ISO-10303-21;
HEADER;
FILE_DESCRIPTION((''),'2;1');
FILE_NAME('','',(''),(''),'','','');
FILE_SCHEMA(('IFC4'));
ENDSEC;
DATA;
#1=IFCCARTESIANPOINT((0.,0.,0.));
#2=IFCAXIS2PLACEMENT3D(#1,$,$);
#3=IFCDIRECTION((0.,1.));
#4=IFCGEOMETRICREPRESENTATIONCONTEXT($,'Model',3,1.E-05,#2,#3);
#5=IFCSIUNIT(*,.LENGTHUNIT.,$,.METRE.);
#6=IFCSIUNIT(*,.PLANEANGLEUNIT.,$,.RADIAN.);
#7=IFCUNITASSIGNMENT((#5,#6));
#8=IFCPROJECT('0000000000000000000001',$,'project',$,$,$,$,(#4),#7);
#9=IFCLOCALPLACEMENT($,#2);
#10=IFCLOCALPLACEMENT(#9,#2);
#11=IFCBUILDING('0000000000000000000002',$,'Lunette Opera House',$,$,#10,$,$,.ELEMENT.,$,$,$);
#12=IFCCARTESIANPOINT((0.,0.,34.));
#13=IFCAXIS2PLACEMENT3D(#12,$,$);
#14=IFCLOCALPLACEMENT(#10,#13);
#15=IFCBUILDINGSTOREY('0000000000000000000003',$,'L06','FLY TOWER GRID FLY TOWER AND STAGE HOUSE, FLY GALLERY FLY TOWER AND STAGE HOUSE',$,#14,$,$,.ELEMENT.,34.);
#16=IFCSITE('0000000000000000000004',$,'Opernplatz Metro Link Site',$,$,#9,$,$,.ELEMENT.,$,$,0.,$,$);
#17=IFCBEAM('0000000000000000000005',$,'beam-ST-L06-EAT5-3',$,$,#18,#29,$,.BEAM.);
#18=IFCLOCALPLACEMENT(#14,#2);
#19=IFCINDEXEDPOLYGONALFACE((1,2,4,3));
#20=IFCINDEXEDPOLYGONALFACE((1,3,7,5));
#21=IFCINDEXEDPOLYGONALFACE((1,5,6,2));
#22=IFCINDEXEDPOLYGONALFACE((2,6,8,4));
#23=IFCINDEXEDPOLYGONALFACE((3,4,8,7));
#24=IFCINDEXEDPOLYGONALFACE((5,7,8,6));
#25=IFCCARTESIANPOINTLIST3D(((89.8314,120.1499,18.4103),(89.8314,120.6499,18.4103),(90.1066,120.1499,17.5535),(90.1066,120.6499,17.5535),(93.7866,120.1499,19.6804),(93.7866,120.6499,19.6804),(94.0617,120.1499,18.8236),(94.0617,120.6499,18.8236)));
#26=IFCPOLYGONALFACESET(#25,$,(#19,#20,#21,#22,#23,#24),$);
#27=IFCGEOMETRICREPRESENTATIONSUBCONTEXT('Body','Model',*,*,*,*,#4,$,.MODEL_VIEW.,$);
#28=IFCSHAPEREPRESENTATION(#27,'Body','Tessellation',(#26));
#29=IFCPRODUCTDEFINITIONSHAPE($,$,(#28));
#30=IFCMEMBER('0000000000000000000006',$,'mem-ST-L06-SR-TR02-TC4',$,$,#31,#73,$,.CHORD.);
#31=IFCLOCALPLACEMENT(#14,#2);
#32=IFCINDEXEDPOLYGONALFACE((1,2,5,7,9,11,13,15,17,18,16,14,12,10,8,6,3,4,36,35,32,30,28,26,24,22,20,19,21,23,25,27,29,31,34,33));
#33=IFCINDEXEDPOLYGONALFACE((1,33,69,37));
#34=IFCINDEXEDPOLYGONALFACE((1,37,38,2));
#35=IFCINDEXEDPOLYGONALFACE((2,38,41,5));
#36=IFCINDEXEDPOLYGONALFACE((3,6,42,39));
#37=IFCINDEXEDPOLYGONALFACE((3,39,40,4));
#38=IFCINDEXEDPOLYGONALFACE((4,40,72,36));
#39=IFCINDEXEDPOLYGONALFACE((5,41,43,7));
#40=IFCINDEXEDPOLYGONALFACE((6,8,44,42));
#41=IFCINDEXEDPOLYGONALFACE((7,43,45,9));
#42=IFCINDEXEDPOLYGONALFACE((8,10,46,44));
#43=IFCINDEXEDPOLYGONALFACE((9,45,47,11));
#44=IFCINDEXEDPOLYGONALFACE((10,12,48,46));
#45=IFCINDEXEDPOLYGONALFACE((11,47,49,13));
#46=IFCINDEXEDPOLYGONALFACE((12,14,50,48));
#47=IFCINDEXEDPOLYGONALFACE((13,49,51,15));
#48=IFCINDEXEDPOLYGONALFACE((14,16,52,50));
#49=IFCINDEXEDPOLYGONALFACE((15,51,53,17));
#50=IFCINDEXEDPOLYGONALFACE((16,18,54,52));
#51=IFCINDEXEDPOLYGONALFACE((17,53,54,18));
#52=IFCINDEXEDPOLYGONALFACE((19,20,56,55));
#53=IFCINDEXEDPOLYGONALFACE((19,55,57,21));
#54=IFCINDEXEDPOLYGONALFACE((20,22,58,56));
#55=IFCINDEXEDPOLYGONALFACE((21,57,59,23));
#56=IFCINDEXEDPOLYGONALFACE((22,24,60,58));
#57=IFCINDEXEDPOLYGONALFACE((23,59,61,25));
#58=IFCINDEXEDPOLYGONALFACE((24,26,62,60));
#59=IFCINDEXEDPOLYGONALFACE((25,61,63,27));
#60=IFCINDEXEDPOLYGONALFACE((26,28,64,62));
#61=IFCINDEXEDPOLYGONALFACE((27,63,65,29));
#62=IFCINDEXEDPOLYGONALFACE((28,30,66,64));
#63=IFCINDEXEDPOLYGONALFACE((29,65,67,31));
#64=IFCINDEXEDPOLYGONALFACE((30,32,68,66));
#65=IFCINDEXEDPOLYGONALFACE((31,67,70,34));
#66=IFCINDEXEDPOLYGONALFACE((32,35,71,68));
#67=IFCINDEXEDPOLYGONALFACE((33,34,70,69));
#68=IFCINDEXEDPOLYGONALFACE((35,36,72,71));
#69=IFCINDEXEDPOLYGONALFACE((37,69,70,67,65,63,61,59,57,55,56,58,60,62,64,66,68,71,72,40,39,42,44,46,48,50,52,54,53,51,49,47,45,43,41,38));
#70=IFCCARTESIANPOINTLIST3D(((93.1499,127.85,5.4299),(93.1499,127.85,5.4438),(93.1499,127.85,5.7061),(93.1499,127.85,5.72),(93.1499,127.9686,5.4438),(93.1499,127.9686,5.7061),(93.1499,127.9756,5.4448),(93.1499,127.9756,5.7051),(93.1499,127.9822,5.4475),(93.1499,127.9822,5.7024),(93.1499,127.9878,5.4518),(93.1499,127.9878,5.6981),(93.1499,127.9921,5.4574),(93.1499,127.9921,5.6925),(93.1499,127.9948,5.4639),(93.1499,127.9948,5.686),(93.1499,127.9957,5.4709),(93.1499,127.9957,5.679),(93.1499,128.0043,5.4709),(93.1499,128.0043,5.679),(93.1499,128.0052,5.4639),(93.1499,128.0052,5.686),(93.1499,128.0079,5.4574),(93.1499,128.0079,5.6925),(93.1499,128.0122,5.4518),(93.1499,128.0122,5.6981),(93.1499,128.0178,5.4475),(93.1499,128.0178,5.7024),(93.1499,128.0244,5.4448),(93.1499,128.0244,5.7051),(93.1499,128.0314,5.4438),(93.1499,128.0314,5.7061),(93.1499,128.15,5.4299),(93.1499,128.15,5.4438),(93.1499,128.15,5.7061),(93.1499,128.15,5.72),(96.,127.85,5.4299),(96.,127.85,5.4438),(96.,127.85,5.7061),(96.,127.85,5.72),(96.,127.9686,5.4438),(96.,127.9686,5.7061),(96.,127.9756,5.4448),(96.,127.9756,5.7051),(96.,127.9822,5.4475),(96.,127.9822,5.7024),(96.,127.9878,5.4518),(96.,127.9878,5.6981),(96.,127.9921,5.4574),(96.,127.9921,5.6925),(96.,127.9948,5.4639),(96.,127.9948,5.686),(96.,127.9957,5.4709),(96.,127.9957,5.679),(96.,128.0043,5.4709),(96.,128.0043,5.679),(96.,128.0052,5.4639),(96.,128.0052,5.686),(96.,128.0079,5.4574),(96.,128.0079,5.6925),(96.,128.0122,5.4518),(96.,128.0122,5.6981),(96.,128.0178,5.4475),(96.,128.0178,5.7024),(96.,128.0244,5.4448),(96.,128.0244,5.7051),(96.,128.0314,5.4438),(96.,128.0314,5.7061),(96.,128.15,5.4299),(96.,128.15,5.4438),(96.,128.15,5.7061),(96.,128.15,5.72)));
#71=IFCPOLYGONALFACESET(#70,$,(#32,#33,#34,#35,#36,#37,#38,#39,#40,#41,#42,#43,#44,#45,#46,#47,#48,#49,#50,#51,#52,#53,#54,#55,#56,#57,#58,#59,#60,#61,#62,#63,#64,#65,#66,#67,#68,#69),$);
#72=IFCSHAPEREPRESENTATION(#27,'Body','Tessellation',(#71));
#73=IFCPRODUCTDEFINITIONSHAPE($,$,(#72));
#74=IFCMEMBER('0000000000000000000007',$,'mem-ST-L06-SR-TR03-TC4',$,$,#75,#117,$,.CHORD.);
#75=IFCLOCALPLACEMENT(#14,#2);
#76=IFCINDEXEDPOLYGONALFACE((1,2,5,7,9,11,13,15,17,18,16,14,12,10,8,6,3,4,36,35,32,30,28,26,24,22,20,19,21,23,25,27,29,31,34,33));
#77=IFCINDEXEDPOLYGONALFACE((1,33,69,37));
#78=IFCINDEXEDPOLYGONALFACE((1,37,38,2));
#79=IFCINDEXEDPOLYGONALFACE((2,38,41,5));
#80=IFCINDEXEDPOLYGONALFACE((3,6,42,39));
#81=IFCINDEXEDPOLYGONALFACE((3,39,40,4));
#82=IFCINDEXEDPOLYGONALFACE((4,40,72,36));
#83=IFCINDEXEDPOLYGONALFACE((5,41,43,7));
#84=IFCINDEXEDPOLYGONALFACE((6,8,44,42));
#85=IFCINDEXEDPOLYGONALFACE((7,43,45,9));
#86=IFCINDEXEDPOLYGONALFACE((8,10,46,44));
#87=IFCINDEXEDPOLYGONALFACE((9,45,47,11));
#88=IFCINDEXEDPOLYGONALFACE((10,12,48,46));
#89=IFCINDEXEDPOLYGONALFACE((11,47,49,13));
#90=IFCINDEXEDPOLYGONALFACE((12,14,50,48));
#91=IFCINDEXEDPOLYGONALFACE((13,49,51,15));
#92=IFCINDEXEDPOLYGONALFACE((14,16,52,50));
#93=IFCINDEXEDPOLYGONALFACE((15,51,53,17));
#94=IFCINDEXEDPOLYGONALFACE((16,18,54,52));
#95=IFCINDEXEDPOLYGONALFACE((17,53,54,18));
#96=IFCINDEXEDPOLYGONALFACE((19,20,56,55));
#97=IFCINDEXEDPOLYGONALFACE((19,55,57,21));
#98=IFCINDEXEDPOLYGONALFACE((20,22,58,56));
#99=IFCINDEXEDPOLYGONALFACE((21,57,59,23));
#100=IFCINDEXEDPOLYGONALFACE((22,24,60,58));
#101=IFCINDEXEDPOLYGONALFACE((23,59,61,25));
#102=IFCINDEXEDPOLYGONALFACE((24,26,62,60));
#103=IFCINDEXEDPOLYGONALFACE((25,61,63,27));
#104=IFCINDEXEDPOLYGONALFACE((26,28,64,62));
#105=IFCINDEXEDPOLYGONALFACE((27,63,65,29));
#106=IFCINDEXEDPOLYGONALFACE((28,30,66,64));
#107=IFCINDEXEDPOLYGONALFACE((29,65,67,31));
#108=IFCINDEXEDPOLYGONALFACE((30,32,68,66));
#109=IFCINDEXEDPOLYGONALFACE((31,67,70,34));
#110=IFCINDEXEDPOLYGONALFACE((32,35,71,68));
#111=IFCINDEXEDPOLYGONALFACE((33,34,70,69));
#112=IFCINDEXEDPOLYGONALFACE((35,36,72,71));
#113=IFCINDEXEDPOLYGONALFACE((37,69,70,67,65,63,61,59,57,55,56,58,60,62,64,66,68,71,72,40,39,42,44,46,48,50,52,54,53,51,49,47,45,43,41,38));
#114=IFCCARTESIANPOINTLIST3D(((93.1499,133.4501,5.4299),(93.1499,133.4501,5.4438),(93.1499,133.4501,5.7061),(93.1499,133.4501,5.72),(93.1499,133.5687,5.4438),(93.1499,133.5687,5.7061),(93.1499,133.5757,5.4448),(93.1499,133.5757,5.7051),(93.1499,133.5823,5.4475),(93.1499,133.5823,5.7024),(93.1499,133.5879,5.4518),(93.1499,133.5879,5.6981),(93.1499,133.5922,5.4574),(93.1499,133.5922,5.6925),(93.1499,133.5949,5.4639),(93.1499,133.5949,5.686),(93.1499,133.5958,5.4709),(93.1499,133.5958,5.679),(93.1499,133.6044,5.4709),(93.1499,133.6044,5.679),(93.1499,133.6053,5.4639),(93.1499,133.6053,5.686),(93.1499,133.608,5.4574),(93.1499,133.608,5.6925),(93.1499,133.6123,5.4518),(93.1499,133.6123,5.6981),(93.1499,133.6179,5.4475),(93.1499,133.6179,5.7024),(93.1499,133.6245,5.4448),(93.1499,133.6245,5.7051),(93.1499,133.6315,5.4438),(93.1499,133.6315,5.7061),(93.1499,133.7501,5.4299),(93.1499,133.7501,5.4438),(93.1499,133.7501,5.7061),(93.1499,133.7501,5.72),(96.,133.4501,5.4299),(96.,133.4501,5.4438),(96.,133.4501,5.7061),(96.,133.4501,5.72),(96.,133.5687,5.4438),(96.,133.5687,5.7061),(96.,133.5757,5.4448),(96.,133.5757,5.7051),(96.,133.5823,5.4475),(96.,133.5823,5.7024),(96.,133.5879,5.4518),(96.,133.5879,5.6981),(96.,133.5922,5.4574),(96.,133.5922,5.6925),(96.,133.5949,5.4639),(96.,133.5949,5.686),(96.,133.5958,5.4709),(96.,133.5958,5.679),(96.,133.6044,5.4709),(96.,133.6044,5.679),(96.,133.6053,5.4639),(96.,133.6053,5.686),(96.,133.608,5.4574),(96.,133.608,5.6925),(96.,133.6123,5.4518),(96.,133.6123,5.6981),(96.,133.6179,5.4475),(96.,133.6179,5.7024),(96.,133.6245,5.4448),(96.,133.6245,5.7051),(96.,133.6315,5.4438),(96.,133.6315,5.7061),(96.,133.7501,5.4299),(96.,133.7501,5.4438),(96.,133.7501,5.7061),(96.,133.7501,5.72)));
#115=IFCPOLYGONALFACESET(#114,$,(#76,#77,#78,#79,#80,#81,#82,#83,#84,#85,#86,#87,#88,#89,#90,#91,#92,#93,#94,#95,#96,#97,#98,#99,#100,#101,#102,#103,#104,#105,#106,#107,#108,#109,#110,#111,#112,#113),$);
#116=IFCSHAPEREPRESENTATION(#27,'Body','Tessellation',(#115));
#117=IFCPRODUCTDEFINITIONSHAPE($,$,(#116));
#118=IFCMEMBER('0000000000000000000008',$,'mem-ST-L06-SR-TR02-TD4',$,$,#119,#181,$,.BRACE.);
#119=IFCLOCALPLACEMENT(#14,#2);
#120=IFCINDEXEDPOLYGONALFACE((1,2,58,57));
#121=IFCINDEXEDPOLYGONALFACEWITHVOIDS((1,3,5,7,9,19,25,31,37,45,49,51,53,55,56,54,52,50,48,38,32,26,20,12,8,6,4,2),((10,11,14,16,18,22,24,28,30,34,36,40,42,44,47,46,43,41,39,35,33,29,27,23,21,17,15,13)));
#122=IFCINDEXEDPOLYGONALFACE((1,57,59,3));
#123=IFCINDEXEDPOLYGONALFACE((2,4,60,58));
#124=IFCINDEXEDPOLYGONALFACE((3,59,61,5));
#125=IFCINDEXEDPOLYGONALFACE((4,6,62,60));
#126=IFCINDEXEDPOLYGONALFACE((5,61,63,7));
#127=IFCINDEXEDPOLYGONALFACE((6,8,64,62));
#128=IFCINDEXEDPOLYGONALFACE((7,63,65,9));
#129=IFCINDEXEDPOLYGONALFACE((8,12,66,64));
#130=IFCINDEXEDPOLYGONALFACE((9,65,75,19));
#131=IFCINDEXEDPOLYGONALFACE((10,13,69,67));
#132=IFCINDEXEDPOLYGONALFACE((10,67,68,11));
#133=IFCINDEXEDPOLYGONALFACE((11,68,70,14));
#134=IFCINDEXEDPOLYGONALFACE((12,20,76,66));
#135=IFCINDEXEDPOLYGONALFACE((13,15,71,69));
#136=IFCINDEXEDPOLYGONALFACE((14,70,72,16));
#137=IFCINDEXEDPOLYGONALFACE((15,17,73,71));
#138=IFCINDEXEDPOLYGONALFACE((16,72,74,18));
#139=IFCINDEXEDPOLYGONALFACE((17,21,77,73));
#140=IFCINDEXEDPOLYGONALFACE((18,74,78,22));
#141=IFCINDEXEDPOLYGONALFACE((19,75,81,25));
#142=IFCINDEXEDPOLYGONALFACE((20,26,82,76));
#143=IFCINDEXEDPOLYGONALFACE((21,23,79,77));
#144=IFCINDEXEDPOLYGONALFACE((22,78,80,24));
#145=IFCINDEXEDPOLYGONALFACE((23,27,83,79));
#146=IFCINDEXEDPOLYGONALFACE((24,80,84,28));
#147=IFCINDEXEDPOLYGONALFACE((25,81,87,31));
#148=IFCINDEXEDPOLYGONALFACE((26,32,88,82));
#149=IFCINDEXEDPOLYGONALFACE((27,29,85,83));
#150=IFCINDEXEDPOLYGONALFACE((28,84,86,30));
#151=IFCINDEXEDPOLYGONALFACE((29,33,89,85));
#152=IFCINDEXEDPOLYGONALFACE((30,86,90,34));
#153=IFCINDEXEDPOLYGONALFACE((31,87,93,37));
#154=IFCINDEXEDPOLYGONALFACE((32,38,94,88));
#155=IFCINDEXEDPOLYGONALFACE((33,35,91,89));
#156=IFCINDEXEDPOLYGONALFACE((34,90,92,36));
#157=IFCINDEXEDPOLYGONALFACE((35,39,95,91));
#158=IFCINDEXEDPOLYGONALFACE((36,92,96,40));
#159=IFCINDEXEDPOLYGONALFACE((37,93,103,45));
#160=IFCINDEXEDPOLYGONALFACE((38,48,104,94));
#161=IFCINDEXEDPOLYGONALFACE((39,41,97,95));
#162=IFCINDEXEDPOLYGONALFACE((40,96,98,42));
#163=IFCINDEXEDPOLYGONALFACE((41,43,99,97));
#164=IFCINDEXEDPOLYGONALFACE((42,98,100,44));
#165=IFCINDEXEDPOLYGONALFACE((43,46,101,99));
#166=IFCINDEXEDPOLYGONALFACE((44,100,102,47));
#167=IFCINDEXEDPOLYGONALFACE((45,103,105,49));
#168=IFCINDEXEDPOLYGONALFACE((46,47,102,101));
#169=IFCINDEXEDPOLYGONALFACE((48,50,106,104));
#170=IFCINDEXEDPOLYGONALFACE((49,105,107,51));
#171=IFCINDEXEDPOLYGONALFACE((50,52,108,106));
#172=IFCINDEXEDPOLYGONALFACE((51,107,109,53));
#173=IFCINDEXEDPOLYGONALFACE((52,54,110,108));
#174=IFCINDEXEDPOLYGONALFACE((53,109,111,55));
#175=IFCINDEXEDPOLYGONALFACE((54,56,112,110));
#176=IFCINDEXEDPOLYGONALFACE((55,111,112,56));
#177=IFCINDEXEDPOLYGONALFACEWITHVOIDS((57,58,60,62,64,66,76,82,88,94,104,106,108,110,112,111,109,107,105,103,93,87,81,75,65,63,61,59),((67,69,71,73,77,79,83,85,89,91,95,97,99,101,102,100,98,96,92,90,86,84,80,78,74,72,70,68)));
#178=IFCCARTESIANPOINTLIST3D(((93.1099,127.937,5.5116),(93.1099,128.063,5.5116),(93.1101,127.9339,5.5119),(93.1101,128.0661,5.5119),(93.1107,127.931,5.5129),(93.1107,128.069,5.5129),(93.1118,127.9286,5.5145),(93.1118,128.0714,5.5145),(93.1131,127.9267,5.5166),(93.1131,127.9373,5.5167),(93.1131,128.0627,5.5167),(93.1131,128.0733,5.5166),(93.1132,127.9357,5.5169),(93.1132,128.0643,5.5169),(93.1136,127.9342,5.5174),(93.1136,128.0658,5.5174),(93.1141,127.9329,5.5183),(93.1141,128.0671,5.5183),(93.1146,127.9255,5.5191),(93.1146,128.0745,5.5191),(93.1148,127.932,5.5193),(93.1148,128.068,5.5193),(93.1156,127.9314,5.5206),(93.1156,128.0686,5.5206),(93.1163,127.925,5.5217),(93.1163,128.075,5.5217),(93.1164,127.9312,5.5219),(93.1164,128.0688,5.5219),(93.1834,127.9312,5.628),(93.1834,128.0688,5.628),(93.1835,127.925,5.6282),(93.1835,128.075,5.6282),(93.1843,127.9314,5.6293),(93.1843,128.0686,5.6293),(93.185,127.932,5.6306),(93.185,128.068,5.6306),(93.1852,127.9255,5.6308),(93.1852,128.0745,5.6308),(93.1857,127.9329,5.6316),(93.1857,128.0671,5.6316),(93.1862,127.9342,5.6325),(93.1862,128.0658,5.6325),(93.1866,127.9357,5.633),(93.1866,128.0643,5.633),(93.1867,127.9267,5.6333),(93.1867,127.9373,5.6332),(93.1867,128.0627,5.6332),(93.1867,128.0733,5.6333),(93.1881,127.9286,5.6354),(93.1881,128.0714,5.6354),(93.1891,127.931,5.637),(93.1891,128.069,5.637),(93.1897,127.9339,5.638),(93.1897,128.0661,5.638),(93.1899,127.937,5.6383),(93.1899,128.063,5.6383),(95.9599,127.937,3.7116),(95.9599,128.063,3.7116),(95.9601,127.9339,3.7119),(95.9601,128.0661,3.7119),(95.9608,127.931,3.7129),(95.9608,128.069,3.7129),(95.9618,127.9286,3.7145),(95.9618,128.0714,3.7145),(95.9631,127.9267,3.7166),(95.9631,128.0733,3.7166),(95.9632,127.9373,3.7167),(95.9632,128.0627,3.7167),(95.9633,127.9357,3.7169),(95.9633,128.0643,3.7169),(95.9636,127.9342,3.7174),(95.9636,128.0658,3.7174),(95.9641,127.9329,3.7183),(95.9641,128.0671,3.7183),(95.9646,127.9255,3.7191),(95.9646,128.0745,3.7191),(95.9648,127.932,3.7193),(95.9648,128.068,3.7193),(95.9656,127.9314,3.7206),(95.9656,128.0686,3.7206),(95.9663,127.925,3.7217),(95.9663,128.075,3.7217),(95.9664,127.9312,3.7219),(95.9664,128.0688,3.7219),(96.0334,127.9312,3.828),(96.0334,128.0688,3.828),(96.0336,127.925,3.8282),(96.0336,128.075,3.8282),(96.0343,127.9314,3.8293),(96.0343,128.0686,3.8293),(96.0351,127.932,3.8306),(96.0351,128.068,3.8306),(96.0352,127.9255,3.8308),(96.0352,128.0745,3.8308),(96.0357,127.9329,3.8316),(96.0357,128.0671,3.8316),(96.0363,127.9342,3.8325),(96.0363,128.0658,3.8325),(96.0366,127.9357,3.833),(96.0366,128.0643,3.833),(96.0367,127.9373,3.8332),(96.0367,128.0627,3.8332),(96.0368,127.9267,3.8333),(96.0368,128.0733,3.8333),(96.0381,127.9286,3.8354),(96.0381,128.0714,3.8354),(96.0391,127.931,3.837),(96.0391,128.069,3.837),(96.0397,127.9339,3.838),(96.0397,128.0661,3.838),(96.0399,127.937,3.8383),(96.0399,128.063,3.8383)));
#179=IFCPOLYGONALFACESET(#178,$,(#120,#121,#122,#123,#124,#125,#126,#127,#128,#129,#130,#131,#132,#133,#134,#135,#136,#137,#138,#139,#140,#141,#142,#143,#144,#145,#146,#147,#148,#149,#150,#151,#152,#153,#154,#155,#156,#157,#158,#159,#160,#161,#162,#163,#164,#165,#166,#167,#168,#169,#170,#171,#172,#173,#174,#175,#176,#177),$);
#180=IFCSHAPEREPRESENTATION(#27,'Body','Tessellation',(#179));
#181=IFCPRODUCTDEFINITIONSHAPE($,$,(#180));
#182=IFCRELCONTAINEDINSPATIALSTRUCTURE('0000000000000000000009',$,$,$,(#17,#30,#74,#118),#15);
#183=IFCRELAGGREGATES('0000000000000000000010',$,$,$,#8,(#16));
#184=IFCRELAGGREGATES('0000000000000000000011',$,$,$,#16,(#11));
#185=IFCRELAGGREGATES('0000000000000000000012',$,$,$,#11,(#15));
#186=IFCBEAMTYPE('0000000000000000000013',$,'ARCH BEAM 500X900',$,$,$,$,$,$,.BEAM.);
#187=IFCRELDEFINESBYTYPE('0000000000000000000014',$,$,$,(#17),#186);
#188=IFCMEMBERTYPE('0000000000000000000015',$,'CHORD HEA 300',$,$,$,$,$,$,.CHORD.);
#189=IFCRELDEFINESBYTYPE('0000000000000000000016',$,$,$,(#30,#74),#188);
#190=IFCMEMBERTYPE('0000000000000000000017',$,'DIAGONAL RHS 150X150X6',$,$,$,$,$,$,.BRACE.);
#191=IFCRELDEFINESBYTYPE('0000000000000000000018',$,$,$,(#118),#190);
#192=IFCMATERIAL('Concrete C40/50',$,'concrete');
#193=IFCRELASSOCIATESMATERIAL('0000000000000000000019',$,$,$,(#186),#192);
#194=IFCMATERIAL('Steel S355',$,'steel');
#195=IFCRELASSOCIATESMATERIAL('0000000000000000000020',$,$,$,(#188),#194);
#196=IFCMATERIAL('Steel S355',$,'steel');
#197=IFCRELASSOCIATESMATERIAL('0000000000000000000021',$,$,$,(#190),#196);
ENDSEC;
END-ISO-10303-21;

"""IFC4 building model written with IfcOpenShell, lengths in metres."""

from ifc_helpers import new_model, si_unit, direction, frame, origin, origin_2d, place, context, subcontext, project, spatial, rectangle, hollow_rectangle, i_section, extrude, material, material_profile, profile_set, type_object, element, save


model = new_model("IFC4")

# Units and contexts
model_context = context("Model", 3, precision=1e-05, world=origin(), true_north=direction((0.0, 1.0)))
body_context = subcontext(model_context, "Body", "Model", "MODEL_VIEW")
ifc_project = project(units=[si_unit("LENGTHUNIT", "METRE"), si_unit("PLANEANGLEUNIT", "RADIAN")], contexts=[model_context])

# Site, building, storey
site_placement = place(None, origin())
site = spatial("IfcSite", under=ifc_project, at=site_placement, Name="Opernplatz Metro Link Site", CompositionType="ELEMENT", RefElevation=0.0)
building_placement = place(site_placement, origin())
building = spatial("IfcBuilding", under=site, at=building_placement, Name="Lunette Opera House", CompositionType="ELEMENT")
storey_placement = place(building_placement, frame((0.0, 0.0, 34.0)))
storey = spatial("IfcBuildingStorey", under=building, at=storey_placement, Name="L06", Description="FLY TOWER GRID FLY TOWER AND STAGE HOUSE, FLY GALLERY FLY TOWER AND STAGE HOUSE", CompositionType="ELEMENT", Elevation=34.0)

# Beam
ifc_material_1 = material(Name="Concrete C40/50", Category="concrete")
ifc_material_profile_1 = material_profile(ifc_material_1, rectangle(XDim=0.5, YDim=0.8999, at=origin_2d()), Name="ARCH BEAM 500X900")
ifc_profile_set_1 = profile_set([ifc_material_profile_1], Name="Concrete C40/50")
beam_type = type_object("IfcBeamType", Name="ARCH BEAM 500X900", PredefinedType="BEAM", material=ifc_profile_set_1)
beam_placement = place(storey_placement, frame((89.969, 120.3999, 17.9819), z_axis=(0.952117, 0.0, 0.305735), x_axis=(0.0, 1.0, 0.0)))
element("IfcBeam", 1, at=beam_placement, inside=storey, type_object=beam_type, Name="beam-ST-L06-EAT5-3", PredefinedType="BEAM", context=body_context, shape_type="SweptSolid", body=[
    extrude(rectangle(XDim=0.5, YDim=0.8999, at=origin_2d()), origin(), (0.0, 0.0, 1.0), 4.1541),
])

# Members
ifc_material_2 = material(Name="Steel S355", Category="steel")
ifc_material_profile_2 = material_profile(ifc_material_2, i_section(OverallWidth=0.3, OverallDepth=0.29, WebThickness=0.0085, FlangeThickness=0.0139, FilletRadius=0.0271, at=origin_2d()), Name="HEA 300")
ifc_profile_set_2 = profile_set([ifc_material_profile_2], Name="Steel S355")
member_type_1 = type_object("IfcMemberType", Name="CHORD HEA 300", PredefinedType="CHORD", material=ifc_profile_set_2)
for number, where, z_axis, x_axis, name in (
    (2, (93.1499, 128.0, 5.575), (1.0, 0.0, 0.0), (0.0, 1.0, 0.0), "mem-ST-L06-SR-TR02-TC4"),
    (3, (93.1499, 133.6001, 5.575), (1.0, 0.0, 0.0), (0.0, 1.0, 0.0), "mem-ST-L06-SR-TR03-TC4"),
):
    element("IfcMember", number, at=place(storey_placement, frame(where, z_axis=z_axis, x_axis=x_axis)), inside=storey, type_object=member_type_1, Name=name, PredefinedType="CHORD", context=body_context, shape_type="SweptSolid", body=[
        extrude(i_section(OverallWidth=0.3, OverallDepth=0.29, WebThickness=0.0085, FlangeThickness=0.0139, FilletRadius=0.0271, at=origin_2d()), origin(), (0.0, 0.0, 1.0), 2.8501),
    ])
ifc_material_3 = material(Name="Steel S355", Category="steel")
ifc_material_profile_3 = material_profile(ifc_material_3, hollow_rectangle(XDim=0.1499, YDim=0.1499, WallThickness=0.0061, InnerFilletRadius=0.0061, OuterFilletRadius=0.012, at=origin_2d()), Name="RHS 150X150X6")
ifc_profile_set_3 = profile_set([ifc_material_profile_3], Name="Steel S355")
member_type_2 = type_object("IfcMemberType", Name="DIAGONAL RHS 150X150X6", PredefinedType="BRACE", material=ifc_profile_set_3)
for number, where, z_axis, x_axis, name in (
    (4, (93.1499, 128.0, 5.575), (0.845491, 0.0, -0.53399), (0.0, 1.0, 0.0), "mem-ST-L06-SR-TR02-TD4"),
):
    element("IfcMember", number, at=place(storey_placement, frame(where, z_axis=z_axis, x_axis=x_axis)), inside=storey, type_object=member_type_2, Name=name, PredefinedType="BRACE", context=body_context, shape_type="SweptSolid", body=[
        extrude(hollow_rectangle(XDim=0.1499, YDim=0.1499, WallThickness=0.0061, InnerFilletRadius=0.0061, OuterFilletRadius=0.012, at=origin_2d()), origin(), (0.0, 0.0, 1.0), 3.3708),
    ])

save(model, "model.ifc")
